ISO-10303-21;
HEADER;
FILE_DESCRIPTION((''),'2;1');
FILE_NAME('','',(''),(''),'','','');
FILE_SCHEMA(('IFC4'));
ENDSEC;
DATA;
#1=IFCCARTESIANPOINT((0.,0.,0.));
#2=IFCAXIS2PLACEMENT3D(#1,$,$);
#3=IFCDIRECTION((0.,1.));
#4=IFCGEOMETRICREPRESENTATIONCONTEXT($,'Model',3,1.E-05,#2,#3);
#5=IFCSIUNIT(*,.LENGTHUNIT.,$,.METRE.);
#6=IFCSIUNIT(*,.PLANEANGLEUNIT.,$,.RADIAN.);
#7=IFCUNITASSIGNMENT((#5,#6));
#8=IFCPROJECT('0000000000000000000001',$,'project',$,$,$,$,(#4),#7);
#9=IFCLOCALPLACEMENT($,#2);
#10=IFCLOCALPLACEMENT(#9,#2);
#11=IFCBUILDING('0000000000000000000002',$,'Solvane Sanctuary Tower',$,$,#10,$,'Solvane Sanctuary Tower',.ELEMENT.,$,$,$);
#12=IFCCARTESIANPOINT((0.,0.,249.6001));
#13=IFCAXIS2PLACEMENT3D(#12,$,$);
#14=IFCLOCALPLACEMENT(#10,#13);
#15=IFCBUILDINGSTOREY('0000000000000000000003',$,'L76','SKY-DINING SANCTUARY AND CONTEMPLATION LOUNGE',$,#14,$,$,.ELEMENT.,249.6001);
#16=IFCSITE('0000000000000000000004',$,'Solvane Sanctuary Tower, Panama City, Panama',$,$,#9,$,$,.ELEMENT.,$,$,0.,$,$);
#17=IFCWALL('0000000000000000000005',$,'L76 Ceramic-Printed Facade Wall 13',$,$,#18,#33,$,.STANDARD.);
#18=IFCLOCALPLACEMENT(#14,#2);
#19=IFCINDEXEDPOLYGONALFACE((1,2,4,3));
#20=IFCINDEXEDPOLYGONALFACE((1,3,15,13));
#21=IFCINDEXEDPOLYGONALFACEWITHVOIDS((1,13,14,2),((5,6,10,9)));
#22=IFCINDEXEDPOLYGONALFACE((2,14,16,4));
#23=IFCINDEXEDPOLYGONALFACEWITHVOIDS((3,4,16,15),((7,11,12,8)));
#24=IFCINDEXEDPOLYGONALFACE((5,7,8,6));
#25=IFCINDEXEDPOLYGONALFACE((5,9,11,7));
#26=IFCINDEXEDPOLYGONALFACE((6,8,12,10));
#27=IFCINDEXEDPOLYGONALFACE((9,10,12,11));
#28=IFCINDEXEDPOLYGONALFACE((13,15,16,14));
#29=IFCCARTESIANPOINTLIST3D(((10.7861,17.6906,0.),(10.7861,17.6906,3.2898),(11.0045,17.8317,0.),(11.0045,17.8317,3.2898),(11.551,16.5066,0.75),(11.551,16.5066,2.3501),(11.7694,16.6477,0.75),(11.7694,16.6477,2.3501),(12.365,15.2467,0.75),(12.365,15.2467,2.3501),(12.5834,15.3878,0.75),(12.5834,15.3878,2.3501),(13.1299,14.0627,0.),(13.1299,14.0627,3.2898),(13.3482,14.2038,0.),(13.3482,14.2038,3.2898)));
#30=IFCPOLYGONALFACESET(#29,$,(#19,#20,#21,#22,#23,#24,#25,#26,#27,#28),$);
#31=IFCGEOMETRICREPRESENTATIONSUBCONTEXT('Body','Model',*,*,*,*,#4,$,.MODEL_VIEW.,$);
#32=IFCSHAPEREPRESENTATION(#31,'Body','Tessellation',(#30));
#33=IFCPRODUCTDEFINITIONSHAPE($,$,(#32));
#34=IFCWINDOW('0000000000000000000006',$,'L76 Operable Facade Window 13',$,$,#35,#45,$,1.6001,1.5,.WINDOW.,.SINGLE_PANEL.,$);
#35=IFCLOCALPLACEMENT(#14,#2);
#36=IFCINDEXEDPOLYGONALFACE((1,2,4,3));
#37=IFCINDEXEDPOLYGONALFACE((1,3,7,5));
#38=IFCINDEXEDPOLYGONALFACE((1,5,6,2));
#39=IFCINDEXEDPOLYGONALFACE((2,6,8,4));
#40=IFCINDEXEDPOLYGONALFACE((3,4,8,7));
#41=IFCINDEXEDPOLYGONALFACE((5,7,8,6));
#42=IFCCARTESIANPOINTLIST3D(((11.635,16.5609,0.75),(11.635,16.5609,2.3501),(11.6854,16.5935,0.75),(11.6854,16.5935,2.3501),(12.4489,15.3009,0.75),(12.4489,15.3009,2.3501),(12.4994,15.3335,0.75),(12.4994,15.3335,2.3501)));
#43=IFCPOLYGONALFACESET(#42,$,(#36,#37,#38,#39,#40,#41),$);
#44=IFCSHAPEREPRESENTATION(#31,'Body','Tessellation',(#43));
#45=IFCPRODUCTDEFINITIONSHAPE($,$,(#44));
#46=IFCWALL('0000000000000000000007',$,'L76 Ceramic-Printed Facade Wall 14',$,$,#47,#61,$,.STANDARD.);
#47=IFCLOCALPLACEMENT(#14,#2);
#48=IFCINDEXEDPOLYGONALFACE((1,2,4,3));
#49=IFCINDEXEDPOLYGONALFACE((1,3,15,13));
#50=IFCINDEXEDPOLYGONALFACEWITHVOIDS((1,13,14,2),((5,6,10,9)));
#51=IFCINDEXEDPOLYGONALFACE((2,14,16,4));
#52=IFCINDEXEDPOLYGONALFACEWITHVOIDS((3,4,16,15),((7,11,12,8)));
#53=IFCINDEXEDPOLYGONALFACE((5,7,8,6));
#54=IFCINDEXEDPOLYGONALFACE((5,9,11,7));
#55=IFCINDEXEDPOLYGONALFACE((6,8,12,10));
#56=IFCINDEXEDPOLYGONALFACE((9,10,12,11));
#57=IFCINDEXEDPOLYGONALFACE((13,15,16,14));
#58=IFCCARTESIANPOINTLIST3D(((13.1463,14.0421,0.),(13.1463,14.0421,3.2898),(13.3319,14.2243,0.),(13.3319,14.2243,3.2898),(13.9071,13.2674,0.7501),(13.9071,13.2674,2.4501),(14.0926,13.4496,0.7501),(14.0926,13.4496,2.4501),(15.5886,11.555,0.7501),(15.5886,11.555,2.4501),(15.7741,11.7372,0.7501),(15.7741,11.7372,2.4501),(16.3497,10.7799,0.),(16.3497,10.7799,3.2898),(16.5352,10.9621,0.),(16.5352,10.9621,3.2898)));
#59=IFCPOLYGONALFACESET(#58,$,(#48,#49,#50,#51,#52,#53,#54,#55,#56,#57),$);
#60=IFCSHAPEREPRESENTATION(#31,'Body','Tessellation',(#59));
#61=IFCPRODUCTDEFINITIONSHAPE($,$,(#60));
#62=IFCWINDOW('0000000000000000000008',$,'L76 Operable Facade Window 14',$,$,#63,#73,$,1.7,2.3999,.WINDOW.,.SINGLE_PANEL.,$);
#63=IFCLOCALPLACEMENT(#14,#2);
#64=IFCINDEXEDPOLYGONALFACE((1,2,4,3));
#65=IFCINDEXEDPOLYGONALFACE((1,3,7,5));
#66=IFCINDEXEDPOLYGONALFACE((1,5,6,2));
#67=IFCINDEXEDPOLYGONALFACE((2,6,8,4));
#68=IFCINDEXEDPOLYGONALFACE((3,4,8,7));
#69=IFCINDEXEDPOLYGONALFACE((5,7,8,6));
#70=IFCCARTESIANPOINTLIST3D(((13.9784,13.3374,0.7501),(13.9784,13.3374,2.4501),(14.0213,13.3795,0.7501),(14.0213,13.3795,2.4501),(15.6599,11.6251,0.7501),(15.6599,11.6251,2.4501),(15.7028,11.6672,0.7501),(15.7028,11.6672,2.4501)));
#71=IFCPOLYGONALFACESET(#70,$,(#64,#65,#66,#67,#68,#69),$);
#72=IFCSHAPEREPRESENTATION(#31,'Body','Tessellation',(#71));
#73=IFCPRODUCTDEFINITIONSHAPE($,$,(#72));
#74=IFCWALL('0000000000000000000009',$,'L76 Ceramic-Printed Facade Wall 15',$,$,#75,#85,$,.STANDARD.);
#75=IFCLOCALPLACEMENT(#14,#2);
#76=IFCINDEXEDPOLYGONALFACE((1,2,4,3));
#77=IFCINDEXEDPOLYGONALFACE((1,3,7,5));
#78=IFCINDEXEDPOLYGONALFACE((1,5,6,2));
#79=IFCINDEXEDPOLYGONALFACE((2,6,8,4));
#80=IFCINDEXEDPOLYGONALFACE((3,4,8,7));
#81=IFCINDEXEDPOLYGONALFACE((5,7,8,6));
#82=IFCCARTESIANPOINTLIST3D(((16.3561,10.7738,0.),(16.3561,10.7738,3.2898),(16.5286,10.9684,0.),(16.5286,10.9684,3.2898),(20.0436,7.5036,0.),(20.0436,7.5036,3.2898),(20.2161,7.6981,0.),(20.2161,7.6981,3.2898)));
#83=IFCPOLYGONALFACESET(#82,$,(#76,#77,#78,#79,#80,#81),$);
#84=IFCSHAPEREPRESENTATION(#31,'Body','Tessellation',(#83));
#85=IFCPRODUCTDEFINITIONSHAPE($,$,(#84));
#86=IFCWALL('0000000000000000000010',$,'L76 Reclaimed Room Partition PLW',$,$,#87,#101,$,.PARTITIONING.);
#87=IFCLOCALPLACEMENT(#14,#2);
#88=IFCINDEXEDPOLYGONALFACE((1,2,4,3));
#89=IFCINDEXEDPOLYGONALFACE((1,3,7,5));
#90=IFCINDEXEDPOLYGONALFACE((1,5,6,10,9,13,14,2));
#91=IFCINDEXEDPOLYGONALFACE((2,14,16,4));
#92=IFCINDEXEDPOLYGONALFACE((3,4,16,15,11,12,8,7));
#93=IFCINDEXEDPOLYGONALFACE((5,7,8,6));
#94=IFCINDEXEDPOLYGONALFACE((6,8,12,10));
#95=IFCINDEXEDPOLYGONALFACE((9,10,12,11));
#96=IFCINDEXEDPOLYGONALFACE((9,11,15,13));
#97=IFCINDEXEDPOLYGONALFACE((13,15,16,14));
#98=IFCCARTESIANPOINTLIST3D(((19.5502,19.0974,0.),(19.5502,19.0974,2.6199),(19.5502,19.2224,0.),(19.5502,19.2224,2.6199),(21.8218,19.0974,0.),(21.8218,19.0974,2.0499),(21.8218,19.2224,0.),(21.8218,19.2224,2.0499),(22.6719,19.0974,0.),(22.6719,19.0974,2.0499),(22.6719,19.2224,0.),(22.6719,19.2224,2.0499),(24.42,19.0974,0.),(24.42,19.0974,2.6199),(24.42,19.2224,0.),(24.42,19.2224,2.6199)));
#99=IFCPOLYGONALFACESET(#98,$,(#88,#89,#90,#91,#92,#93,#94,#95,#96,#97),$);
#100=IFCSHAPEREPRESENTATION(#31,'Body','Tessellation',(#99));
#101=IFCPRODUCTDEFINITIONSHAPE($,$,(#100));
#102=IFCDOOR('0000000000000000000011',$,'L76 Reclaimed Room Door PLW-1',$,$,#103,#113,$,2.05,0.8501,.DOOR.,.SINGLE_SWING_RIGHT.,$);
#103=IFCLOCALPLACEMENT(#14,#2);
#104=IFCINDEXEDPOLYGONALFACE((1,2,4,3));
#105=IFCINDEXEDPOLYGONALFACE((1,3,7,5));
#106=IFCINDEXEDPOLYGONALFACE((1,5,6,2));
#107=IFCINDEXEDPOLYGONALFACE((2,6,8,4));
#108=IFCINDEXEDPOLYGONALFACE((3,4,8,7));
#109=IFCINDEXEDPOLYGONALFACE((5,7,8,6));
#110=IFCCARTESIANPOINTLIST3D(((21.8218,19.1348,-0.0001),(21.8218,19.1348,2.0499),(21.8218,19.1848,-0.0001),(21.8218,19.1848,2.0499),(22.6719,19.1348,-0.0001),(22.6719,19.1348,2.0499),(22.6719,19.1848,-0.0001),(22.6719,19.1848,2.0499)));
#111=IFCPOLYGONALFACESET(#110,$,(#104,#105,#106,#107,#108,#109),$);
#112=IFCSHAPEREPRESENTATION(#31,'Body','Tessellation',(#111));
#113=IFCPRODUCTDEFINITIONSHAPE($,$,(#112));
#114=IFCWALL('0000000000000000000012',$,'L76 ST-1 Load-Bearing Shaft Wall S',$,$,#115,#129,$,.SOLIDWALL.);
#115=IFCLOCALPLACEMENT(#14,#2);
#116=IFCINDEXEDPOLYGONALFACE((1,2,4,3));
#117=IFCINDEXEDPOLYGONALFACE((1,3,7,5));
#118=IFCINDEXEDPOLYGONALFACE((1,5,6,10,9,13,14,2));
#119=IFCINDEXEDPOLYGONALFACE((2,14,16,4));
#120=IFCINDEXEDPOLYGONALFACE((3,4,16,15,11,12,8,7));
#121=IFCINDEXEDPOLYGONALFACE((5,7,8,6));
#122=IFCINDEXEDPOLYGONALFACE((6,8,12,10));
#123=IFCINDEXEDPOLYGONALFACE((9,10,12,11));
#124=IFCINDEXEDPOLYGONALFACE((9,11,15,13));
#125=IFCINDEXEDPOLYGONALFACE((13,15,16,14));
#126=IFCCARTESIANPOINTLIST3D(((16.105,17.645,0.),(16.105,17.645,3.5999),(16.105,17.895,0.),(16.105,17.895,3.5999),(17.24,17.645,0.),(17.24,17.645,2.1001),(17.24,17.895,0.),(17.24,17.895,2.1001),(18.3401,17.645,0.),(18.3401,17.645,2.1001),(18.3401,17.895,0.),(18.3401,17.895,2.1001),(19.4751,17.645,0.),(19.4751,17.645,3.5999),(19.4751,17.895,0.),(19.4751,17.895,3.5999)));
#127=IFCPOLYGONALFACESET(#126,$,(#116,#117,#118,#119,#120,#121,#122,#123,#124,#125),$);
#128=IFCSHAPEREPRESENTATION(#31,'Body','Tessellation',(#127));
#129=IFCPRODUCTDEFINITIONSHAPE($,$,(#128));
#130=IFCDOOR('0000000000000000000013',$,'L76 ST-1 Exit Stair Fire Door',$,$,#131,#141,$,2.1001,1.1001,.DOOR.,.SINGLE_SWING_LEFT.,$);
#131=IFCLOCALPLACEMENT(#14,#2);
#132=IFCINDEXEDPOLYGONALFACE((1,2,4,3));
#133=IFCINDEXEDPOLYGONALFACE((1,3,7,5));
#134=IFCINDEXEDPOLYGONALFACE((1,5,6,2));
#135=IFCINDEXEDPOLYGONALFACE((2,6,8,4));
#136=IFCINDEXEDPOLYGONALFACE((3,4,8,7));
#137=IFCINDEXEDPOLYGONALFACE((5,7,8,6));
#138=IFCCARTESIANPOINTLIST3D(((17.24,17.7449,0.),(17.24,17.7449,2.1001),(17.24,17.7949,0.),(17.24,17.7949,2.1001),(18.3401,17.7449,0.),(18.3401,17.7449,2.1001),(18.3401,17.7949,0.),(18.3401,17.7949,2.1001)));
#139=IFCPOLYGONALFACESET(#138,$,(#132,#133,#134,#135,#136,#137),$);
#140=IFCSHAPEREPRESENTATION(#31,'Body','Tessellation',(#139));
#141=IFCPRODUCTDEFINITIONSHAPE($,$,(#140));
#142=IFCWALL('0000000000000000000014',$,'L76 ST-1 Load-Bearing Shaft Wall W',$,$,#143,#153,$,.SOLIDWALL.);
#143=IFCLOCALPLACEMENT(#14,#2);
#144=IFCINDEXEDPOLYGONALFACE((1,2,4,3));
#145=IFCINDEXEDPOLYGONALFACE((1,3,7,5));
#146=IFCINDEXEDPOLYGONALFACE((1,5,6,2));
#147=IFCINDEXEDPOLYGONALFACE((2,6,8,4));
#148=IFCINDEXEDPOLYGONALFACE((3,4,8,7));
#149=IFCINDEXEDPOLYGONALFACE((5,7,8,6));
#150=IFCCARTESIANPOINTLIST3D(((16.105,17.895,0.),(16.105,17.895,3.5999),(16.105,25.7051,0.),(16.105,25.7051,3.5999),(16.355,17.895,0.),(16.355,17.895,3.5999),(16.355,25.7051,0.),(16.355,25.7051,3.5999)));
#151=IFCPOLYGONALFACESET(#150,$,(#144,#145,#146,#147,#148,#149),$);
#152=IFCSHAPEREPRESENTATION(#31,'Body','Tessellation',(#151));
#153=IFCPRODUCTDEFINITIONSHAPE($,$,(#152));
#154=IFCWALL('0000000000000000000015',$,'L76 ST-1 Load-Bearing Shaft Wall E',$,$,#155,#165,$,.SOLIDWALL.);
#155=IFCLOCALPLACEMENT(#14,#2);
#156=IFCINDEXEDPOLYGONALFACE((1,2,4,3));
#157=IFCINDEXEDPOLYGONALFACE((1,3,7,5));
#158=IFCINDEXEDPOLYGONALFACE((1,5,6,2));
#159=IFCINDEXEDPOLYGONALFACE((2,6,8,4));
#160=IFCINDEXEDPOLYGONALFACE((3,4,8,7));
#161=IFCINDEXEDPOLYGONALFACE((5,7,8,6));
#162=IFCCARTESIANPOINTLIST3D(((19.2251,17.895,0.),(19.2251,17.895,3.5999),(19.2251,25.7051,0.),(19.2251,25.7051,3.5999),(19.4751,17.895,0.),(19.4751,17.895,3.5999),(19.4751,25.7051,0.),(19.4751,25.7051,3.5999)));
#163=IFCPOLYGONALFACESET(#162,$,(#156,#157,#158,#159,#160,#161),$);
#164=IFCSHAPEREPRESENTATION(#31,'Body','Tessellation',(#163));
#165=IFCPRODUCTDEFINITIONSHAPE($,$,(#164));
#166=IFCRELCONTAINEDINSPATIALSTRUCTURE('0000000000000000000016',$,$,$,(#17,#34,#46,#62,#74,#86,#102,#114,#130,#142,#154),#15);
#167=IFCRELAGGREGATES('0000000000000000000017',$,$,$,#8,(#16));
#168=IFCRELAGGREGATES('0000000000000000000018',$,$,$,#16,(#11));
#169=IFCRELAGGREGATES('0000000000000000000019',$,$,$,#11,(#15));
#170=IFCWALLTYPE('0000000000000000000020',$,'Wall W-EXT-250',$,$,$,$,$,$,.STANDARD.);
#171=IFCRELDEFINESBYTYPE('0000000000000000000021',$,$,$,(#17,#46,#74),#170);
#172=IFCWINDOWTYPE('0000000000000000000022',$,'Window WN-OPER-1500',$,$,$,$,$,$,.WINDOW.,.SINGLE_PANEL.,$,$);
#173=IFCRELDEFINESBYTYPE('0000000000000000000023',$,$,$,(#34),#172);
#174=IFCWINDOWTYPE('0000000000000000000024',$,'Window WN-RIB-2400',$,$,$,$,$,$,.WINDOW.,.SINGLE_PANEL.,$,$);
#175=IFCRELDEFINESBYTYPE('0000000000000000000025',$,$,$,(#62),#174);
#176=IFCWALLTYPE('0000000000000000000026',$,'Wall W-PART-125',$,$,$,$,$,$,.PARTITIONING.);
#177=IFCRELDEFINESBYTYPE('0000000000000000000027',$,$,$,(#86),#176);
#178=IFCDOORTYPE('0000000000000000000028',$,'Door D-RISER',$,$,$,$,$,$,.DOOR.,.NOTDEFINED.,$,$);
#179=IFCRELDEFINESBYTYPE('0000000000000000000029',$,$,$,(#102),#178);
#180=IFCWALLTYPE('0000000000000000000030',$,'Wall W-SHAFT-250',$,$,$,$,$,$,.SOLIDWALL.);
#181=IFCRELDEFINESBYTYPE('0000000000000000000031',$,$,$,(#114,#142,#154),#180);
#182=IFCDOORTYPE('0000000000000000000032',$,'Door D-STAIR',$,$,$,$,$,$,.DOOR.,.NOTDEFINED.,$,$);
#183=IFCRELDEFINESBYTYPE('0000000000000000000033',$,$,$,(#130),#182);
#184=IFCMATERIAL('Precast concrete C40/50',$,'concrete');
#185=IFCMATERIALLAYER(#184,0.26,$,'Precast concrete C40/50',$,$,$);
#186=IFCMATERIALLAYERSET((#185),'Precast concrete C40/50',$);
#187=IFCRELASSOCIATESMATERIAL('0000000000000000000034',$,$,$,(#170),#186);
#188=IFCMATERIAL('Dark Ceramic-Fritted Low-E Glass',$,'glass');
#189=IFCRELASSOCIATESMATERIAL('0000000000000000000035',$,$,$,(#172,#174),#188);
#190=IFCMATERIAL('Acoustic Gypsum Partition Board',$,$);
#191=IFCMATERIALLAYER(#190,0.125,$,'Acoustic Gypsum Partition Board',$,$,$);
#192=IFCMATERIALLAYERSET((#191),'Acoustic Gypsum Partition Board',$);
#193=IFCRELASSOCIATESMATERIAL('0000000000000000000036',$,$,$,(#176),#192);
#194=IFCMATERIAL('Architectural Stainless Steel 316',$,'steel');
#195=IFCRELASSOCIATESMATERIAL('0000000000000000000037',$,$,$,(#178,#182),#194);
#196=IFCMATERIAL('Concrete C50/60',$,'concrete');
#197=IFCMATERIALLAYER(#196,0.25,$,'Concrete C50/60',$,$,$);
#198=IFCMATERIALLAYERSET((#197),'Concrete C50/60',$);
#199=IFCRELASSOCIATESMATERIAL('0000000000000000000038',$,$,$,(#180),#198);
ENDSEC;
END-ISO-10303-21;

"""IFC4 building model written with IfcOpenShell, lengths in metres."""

from ifc_helpers import new_model, si_unit, direction, frame, frame_2d, origin, place, context, subcontext, project, spatial, rectangle, extrude, material, layer, layer_set, type_object, element, fill, save


model = new_model("IFC4")

# Units and contexts
model_context = context("Model", 3, precision=1e-05, world=origin(), true_north=direction((0.0, 1.0)))
body_context = subcontext(model_context, "Body", "Model", "MODEL_VIEW")
ifc_project = project(units=[si_unit("LENGTHUNIT", "METRE"), si_unit("PLANEANGLEUNIT", "RADIAN")], contexts=[model_context])

# Site, building, storey
site_placement = place(None, origin())
site = spatial("IfcSite", under=ifc_project, at=site_placement, Name="Solvane Sanctuary Tower, Panama City, Panama", CompositionType="ELEMENT", RefElevation=0.0)
building_placement = place(site_placement, origin())
building = spatial("IfcBuilding", under=site, at=building_placement, Name="Solvane Sanctuary Tower", LongName="Solvane Sanctuary Tower", CompositionType="ELEMENT")
storey_placement = place(building_placement, frame((0.0, 0.0, 249.6001)))
storey = spatial("IfcBuildingStorey", under=building, at=storey_placement, Name="L76", Description="SKY-DINING SANCTUARY AND CONTEMPLATION LOUNGE", CompositionType="ELEMENT", Elevation=249.6001)

# Shared definitions
ifc_material_1 = material(Name="Concrete C50/60", Category="concrete")

# Shared definitions
ifc_material_2 = material(Name="Acoustic Gypsum Partition Board")

# Walls, openings, windows
ifc_material_3 = material(Name="Precast concrete C40/50", Category="concrete")
ifc_layer_1 = layer(ifc_material_3, 0.26, Name="Precast concrete C40/50")
ifc_layer_set_1 = layer_set([ifc_layer_1], Name="Precast concrete C40/50")
wall_type_1 = type_object("IfcWallType", Name="Wall W-EXT-250", PredefinedType="STANDARD", material=ifc_layer_set_1)
wall_1_placement = place(storey_placement, frame((10.8953, 17.7612, 0.0), z_axis=(0.0, 0.0, 1.0), x_axis=(0.542642, -0.839964, 0.0)))
wall_1 = element("IfcWall", 1, at=wall_1_placement, inside=storey, type_object=wall_type_1, Name="L76 Ceramic-Printed Facade Wall 13", PredefinedType="STANDARD", context=body_context, shape_type="SweptSolid", body=[
    extrude(rectangle(XDim=4.3191, YDim=0.26, at=frame_2d((2.1597, 0.0))), origin(), (0.0, 0.0, 1.0), 3.2898),
])
opening_1_placement = place(wall_1_placement, frame((1.4097, 0.0, 0.75)))
opening_1 = element("IfcOpeningElement", 2, at=opening_1_placement, cuts=wall_1, PredefinedType="OPENING", context=body_context, shape_type="SweptSolid", body=[
    extrude(rectangle(XDim=1.5, YDim=1.6001, at=frame_2d((0.75, 0.8))), frame((0.0, 0.1399, 0.0), z_axis=(0.0, -1.0, 0.0), x_axis=(1.0, 0.0, 0.0)), (0.0, 0.0, 1.0), 0.28),
])
ifc_material_4 = material(Name="Dark Ceramic-Fritted Low-E Glass", Category="glass")
window_type_1 = type_object("IfcWindowType", Name="Window WN-OPER-1500", PartitioningType="SINGLE_PANEL", PredefinedType="WINDOW", material=ifc_material_4)
window_1_placement = place(opening_1_placement, origin())
window_1 = element("IfcWindow", 3, at=window_1_placement, inside=storey, type_object=window_type_1, Name="L76 Operable Facade Window 13", OverallHeight=1.6001, OverallWidth=1.5, PartitioningType="SINGLE_PANEL", PredefinedType="WINDOW", context=body_context, shape_type="SweptSolid", body=[
    extrude(rectangle(XDim=1.5, YDim=1.6001, at=frame_2d((0.75, 0.8))), frame((0.0, 0.03, 0.0), z_axis=(0.0, -1.0, 0.0), x_axis=(1.0, 0.0, 0.0)), (0.0, 0.0, 1.0), 0.0601),
])
fill(opening_1, window_1)
wall_2_placement = place(storey_placement, frame((13.239, 14.1333, 0.0), z_axis=(0.0, 0.0, 1.0), x_axis=(0.700643, -0.713512, 0.0)))
wall_2 = element("IfcWall", 4, at=wall_2_placement, inside=storey, type_object=wall_type_1, Name="L76 Ceramic-Printed Facade Wall 14", PredefinedType="STANDARD", context=body_context, shape_type="SweptSolid", body=[
    extrude(rectangle(XDim=4.572, YDim=0.26, at=frame_2d((2.2861, 0.0))), origin(), (0.0, 0.0, 1.0), 3.2898),
])
opening_2_placement = place(wall_2_placement, frame((1.0859, 0.0, 0.75)))
opening_2 = element("IfcOpeningElement", 5, at=opening_2_placement, cuts=wall_2, PredefinedType="OPENING", context=body_context, shape_type="SweptSolid", body=[
    extrude(rectangle(XDim=2.3999, YDim=1.7, at=frame_2d((1.2, 0.8501))), frame((0.0, 0.1399, 0.0), z_axis=(0.0, -1.0, 0.0), x_axis=(1.0, 0.0, 0.0)), (0.0, 0.0, 1.0), 0.28),
])
window_type_2 = type_object("IfcWindowType", Name="Window WN-RIB-2400", PartitioningType="SINGLE_PANEL", PredefinedType="WINDOW", material=ifc_material_4)
window_2_placement = place(opening_2_placement, origin())
window_2 = element("IfcWindow", 6, at=window_2_placement, inside=storey, type_object=window_type_2, Name="L76 Operable Facade Window 14", OverallHeight=1.7, OverallWidth=2.3999, PartitioningType="SINGLE_PANEL", PredefinedType="WINDOW", context=body_context, shape_type="SweptSolid", body=[
    extrude(rectangle(XDim=2.3999, YDim=1.7, at=frame_2d((1.2, 0.8501))), frame((0.0, 0.03, 0.0), z_axis=(0.0, -1.0, 0.0), x_axis=(1.0, 0.0, 0.0)), (0.0, 0.0, 1.0), 0.0601),
])
fill(opening_2, window_2)

# Wall
wall_3_placement = place(storey_placement, frame((16.4424, 10.8711, 0.0), z_axis=(0.0, 0.0, 1.0), x_axis=(0.748166, -0.663512, 0.0)))
element("IfcWall", 7, at=wall_3_placement, inside=storey, type_object=wall_type_1, Name="L76 Ceramic-Printed Facade Wall 15", PredefinedType="STANDARD", context=body_context, shape_type="SweptSolid", body=[
    extrude(rectangle(XDim=4.9287, YDim=0.26, at=frame_2d((2.4644, 0.0))), origin(), (0.0, 0.0, 1.0), 3.2898),
])

# Walls, openings, doors
ifc_layer_2 = layer(ifc_material_2, 0.125, Name="Acoustic Gypsum Partition Board")
ifc_layer_set_2 = layer_set([ifc_layer_2], Name="Acoustic Gypsum Partition Board")
wall_type_2 = type_object("IfcWallType", Name="Wall W-PART-125", PredefinedType="PARTITIONING", material=ifc_layer_set_2)
wall_4_placement = place(storey_placement, frame((19.55, 19.1599, 0.0), z_axis=(0.0, 0.0, 1.0), x_axis=(1.0, 0.0, 0.0)))
wall_4 = element("IfcWall", 8, at=wall_4_placement, inside=storey, type_object=wall_type_2, Name="L76 Reclaimed Room Partition PLW", PredefinedType="PARTITIONING", context=body_context, shape_type="SweptSolid", body=[
    extrude(rectangle(XDim=4.8699, YDim=0.125, at=frame_2d((2.4351, 0.0))), origin(), (0.0, 0.0, 1.0), 2.6199),
])
opening_3_placement = place(wall_4_placement, frame((2.2717, 0.0, 0.0)))
opening_3 = element("IfcOpeningElement", 9, at=opening_3_placement, cuts=wall_4, PredefinedType="OPENING", context=body_context, shape_type="SweptSolid", body=[
    extrude(rectangle(XDim=0.8501, YDim=2.05, at=frame_2d((0.425, 1.0249))), frame((0.0, 0.0725, 0.0), z_axis=(0.0, -1.0, 0.0), x_axis=(1.0, 0.0, 0.0)), (0.0, 0.0, 1.0), 0.145),
])
ifc_material_5 = material(Name="Architectural Stainless Steel 316", Category="steel")
door_type_1 = type_object("IfcDoorType", Name="Door D-RISER", OperationType="NOTDEFINED", PredefinedType="DOOR", material=ifc_material_5)
door_1_placement = place(opening_3_placement, origin())
door_1 = element("IfcDoor", 10, at=door_1_placement, inside=storey, type_object=door_type_1, Name="L76 Reclaimed Room Door PLW-1", OperationType="SINGLE_SWING_RIGHT", OverallHeight=2.05, OverallWidth=0.8501, PredefinedType="DOOR", context=body_context, shape_type="SweptSolid", body=[
    extrude(rectangle(XDim=0.8501, YDim=2.05, at=frame_2d((0.425, 1.0249))), frame((0.0, 0.0249, 0.0), z_axis=(0.0, -1.0, 0.0), x_axis=(1.0, 0.0, 0.0)), (0.0, 0.0, 1.0), 0.05),
])
fill(opening_3, door_1)
ifc_layer_3 = layer(ifc_material_1, 0.25, Name="Concrete C50/60")
ifc_layer_set_3 = layer_set([ifc_layer_3], Name="Concrete C50/60")
wall_type_3 = type_object("IfcWallType", Name="Wall W-SHAFT-250", PredefinedType="SOLIDWALL", material=ifc_layer_set_3)
wall_5_placement = place(storey_placement, frame((16.105, 17.77, 0.0), z_axis=(0.0, 0.0, 1.0), x_axis=(1.0, 0.0, 0.0)))
wall_5 = element("IfcWall", 11, at=wall_5_placement, inside=storey, type_object=wall_type_3, Name="L76 ST-1 Load-Bearing Shaft Wall S", PredefinedType="SOLIDWALL", context=body_context, shape_type="SweptSolid", body=[
    extrude(rectangle(XDim=3.3701, YDim=0.25, at=frame_2d((1.6851, 0.0))), origin(), (0.0, 0.0, 1.0), 3.5999),
])
opening_4_placement = place(wall_5_placement, frame((1.135, 0.0, 0.0)))
opening_4 = element("IfcOpeningElement", 12, at=opening_4_placement, cuts=wall_5, PredefinedType="OPENING", context=body_context, shape_type="SweptSolid", body=[
    extrude(rectangle(XDim=1.1001, YDim=2.1001, at=frame_2d((0.55, 1.05))), frame((0.0, 0.135, 0.0), z_axis=(0.0, -1.0, 0.0), x_axis=(1.0, 0.0, 0.0)), (0.0, 0.0, 1.0), 0.27),
])
door_type_2 = type_object("IfcDoorType", Name="Door D-STAIR", OperationType="NOTDEFINED", PredefinedType="DOOR", material=ifc_material_5)
door_2_placement = place(opening_4_placement, origin())
door_2 = element("IfcDoor", 13, at=door_2_placement, inside=storey, type_object=door_type_2, Name="L76 ST-1 Exit Stair Fire Door", OperationType="SINGLE_SWING_LEFT", OverallHeight=2.1001, OverallWidth=1.1001, PredefinedType="DOOR", context=body_context, shape_type="SweptSolid", body=[
    extrude(rectangle(XDim=1.1001, YDim=2.1001, at=frame_2d((0.55, 1.05))), frame((0.0, 0.0249, 0.0), z_axis=(0.0, -1.0, 0.0), x_axis=(1.0, 0.0, 0.0)), (0.0, 0.0, 1.0), 0.05),
])
fill(opening_4, door_2)

# Walls
for number, where, z_axis, x_axis, name in (
    (14, (16.23, 17.895, 0.0), (0.0, 0.0, 1.0), (0.0, 1.0, 0.0), "L76 ST-1 Load-Bearing Shaft Wall W"),
    (15, (19.3501, 17.895, 0.0), (0.0, 0.0, 1.0), (0.0, 1.0, 0.0), "L76 ST-1 Load-Bearing Shaft Wall E"),
):
    element("IfcWall", number, at=place(storey_placement, frame(where, z_axis=z_axis, x_axis=x_axis)), inside=storey, type_object=wall_type_3, Name=name, PredefinedType="SOLIDWALL", context=body_context, shape_type="SweptSolid", body=[
        extrude(rectangle(XDim=7.8101, YDim=0.25, at=frame_2d((3.905, 0.0))), origin(), (0.0, 0.0, 1.0), 3.5999),
    ])

save(model, "model.ifc")
